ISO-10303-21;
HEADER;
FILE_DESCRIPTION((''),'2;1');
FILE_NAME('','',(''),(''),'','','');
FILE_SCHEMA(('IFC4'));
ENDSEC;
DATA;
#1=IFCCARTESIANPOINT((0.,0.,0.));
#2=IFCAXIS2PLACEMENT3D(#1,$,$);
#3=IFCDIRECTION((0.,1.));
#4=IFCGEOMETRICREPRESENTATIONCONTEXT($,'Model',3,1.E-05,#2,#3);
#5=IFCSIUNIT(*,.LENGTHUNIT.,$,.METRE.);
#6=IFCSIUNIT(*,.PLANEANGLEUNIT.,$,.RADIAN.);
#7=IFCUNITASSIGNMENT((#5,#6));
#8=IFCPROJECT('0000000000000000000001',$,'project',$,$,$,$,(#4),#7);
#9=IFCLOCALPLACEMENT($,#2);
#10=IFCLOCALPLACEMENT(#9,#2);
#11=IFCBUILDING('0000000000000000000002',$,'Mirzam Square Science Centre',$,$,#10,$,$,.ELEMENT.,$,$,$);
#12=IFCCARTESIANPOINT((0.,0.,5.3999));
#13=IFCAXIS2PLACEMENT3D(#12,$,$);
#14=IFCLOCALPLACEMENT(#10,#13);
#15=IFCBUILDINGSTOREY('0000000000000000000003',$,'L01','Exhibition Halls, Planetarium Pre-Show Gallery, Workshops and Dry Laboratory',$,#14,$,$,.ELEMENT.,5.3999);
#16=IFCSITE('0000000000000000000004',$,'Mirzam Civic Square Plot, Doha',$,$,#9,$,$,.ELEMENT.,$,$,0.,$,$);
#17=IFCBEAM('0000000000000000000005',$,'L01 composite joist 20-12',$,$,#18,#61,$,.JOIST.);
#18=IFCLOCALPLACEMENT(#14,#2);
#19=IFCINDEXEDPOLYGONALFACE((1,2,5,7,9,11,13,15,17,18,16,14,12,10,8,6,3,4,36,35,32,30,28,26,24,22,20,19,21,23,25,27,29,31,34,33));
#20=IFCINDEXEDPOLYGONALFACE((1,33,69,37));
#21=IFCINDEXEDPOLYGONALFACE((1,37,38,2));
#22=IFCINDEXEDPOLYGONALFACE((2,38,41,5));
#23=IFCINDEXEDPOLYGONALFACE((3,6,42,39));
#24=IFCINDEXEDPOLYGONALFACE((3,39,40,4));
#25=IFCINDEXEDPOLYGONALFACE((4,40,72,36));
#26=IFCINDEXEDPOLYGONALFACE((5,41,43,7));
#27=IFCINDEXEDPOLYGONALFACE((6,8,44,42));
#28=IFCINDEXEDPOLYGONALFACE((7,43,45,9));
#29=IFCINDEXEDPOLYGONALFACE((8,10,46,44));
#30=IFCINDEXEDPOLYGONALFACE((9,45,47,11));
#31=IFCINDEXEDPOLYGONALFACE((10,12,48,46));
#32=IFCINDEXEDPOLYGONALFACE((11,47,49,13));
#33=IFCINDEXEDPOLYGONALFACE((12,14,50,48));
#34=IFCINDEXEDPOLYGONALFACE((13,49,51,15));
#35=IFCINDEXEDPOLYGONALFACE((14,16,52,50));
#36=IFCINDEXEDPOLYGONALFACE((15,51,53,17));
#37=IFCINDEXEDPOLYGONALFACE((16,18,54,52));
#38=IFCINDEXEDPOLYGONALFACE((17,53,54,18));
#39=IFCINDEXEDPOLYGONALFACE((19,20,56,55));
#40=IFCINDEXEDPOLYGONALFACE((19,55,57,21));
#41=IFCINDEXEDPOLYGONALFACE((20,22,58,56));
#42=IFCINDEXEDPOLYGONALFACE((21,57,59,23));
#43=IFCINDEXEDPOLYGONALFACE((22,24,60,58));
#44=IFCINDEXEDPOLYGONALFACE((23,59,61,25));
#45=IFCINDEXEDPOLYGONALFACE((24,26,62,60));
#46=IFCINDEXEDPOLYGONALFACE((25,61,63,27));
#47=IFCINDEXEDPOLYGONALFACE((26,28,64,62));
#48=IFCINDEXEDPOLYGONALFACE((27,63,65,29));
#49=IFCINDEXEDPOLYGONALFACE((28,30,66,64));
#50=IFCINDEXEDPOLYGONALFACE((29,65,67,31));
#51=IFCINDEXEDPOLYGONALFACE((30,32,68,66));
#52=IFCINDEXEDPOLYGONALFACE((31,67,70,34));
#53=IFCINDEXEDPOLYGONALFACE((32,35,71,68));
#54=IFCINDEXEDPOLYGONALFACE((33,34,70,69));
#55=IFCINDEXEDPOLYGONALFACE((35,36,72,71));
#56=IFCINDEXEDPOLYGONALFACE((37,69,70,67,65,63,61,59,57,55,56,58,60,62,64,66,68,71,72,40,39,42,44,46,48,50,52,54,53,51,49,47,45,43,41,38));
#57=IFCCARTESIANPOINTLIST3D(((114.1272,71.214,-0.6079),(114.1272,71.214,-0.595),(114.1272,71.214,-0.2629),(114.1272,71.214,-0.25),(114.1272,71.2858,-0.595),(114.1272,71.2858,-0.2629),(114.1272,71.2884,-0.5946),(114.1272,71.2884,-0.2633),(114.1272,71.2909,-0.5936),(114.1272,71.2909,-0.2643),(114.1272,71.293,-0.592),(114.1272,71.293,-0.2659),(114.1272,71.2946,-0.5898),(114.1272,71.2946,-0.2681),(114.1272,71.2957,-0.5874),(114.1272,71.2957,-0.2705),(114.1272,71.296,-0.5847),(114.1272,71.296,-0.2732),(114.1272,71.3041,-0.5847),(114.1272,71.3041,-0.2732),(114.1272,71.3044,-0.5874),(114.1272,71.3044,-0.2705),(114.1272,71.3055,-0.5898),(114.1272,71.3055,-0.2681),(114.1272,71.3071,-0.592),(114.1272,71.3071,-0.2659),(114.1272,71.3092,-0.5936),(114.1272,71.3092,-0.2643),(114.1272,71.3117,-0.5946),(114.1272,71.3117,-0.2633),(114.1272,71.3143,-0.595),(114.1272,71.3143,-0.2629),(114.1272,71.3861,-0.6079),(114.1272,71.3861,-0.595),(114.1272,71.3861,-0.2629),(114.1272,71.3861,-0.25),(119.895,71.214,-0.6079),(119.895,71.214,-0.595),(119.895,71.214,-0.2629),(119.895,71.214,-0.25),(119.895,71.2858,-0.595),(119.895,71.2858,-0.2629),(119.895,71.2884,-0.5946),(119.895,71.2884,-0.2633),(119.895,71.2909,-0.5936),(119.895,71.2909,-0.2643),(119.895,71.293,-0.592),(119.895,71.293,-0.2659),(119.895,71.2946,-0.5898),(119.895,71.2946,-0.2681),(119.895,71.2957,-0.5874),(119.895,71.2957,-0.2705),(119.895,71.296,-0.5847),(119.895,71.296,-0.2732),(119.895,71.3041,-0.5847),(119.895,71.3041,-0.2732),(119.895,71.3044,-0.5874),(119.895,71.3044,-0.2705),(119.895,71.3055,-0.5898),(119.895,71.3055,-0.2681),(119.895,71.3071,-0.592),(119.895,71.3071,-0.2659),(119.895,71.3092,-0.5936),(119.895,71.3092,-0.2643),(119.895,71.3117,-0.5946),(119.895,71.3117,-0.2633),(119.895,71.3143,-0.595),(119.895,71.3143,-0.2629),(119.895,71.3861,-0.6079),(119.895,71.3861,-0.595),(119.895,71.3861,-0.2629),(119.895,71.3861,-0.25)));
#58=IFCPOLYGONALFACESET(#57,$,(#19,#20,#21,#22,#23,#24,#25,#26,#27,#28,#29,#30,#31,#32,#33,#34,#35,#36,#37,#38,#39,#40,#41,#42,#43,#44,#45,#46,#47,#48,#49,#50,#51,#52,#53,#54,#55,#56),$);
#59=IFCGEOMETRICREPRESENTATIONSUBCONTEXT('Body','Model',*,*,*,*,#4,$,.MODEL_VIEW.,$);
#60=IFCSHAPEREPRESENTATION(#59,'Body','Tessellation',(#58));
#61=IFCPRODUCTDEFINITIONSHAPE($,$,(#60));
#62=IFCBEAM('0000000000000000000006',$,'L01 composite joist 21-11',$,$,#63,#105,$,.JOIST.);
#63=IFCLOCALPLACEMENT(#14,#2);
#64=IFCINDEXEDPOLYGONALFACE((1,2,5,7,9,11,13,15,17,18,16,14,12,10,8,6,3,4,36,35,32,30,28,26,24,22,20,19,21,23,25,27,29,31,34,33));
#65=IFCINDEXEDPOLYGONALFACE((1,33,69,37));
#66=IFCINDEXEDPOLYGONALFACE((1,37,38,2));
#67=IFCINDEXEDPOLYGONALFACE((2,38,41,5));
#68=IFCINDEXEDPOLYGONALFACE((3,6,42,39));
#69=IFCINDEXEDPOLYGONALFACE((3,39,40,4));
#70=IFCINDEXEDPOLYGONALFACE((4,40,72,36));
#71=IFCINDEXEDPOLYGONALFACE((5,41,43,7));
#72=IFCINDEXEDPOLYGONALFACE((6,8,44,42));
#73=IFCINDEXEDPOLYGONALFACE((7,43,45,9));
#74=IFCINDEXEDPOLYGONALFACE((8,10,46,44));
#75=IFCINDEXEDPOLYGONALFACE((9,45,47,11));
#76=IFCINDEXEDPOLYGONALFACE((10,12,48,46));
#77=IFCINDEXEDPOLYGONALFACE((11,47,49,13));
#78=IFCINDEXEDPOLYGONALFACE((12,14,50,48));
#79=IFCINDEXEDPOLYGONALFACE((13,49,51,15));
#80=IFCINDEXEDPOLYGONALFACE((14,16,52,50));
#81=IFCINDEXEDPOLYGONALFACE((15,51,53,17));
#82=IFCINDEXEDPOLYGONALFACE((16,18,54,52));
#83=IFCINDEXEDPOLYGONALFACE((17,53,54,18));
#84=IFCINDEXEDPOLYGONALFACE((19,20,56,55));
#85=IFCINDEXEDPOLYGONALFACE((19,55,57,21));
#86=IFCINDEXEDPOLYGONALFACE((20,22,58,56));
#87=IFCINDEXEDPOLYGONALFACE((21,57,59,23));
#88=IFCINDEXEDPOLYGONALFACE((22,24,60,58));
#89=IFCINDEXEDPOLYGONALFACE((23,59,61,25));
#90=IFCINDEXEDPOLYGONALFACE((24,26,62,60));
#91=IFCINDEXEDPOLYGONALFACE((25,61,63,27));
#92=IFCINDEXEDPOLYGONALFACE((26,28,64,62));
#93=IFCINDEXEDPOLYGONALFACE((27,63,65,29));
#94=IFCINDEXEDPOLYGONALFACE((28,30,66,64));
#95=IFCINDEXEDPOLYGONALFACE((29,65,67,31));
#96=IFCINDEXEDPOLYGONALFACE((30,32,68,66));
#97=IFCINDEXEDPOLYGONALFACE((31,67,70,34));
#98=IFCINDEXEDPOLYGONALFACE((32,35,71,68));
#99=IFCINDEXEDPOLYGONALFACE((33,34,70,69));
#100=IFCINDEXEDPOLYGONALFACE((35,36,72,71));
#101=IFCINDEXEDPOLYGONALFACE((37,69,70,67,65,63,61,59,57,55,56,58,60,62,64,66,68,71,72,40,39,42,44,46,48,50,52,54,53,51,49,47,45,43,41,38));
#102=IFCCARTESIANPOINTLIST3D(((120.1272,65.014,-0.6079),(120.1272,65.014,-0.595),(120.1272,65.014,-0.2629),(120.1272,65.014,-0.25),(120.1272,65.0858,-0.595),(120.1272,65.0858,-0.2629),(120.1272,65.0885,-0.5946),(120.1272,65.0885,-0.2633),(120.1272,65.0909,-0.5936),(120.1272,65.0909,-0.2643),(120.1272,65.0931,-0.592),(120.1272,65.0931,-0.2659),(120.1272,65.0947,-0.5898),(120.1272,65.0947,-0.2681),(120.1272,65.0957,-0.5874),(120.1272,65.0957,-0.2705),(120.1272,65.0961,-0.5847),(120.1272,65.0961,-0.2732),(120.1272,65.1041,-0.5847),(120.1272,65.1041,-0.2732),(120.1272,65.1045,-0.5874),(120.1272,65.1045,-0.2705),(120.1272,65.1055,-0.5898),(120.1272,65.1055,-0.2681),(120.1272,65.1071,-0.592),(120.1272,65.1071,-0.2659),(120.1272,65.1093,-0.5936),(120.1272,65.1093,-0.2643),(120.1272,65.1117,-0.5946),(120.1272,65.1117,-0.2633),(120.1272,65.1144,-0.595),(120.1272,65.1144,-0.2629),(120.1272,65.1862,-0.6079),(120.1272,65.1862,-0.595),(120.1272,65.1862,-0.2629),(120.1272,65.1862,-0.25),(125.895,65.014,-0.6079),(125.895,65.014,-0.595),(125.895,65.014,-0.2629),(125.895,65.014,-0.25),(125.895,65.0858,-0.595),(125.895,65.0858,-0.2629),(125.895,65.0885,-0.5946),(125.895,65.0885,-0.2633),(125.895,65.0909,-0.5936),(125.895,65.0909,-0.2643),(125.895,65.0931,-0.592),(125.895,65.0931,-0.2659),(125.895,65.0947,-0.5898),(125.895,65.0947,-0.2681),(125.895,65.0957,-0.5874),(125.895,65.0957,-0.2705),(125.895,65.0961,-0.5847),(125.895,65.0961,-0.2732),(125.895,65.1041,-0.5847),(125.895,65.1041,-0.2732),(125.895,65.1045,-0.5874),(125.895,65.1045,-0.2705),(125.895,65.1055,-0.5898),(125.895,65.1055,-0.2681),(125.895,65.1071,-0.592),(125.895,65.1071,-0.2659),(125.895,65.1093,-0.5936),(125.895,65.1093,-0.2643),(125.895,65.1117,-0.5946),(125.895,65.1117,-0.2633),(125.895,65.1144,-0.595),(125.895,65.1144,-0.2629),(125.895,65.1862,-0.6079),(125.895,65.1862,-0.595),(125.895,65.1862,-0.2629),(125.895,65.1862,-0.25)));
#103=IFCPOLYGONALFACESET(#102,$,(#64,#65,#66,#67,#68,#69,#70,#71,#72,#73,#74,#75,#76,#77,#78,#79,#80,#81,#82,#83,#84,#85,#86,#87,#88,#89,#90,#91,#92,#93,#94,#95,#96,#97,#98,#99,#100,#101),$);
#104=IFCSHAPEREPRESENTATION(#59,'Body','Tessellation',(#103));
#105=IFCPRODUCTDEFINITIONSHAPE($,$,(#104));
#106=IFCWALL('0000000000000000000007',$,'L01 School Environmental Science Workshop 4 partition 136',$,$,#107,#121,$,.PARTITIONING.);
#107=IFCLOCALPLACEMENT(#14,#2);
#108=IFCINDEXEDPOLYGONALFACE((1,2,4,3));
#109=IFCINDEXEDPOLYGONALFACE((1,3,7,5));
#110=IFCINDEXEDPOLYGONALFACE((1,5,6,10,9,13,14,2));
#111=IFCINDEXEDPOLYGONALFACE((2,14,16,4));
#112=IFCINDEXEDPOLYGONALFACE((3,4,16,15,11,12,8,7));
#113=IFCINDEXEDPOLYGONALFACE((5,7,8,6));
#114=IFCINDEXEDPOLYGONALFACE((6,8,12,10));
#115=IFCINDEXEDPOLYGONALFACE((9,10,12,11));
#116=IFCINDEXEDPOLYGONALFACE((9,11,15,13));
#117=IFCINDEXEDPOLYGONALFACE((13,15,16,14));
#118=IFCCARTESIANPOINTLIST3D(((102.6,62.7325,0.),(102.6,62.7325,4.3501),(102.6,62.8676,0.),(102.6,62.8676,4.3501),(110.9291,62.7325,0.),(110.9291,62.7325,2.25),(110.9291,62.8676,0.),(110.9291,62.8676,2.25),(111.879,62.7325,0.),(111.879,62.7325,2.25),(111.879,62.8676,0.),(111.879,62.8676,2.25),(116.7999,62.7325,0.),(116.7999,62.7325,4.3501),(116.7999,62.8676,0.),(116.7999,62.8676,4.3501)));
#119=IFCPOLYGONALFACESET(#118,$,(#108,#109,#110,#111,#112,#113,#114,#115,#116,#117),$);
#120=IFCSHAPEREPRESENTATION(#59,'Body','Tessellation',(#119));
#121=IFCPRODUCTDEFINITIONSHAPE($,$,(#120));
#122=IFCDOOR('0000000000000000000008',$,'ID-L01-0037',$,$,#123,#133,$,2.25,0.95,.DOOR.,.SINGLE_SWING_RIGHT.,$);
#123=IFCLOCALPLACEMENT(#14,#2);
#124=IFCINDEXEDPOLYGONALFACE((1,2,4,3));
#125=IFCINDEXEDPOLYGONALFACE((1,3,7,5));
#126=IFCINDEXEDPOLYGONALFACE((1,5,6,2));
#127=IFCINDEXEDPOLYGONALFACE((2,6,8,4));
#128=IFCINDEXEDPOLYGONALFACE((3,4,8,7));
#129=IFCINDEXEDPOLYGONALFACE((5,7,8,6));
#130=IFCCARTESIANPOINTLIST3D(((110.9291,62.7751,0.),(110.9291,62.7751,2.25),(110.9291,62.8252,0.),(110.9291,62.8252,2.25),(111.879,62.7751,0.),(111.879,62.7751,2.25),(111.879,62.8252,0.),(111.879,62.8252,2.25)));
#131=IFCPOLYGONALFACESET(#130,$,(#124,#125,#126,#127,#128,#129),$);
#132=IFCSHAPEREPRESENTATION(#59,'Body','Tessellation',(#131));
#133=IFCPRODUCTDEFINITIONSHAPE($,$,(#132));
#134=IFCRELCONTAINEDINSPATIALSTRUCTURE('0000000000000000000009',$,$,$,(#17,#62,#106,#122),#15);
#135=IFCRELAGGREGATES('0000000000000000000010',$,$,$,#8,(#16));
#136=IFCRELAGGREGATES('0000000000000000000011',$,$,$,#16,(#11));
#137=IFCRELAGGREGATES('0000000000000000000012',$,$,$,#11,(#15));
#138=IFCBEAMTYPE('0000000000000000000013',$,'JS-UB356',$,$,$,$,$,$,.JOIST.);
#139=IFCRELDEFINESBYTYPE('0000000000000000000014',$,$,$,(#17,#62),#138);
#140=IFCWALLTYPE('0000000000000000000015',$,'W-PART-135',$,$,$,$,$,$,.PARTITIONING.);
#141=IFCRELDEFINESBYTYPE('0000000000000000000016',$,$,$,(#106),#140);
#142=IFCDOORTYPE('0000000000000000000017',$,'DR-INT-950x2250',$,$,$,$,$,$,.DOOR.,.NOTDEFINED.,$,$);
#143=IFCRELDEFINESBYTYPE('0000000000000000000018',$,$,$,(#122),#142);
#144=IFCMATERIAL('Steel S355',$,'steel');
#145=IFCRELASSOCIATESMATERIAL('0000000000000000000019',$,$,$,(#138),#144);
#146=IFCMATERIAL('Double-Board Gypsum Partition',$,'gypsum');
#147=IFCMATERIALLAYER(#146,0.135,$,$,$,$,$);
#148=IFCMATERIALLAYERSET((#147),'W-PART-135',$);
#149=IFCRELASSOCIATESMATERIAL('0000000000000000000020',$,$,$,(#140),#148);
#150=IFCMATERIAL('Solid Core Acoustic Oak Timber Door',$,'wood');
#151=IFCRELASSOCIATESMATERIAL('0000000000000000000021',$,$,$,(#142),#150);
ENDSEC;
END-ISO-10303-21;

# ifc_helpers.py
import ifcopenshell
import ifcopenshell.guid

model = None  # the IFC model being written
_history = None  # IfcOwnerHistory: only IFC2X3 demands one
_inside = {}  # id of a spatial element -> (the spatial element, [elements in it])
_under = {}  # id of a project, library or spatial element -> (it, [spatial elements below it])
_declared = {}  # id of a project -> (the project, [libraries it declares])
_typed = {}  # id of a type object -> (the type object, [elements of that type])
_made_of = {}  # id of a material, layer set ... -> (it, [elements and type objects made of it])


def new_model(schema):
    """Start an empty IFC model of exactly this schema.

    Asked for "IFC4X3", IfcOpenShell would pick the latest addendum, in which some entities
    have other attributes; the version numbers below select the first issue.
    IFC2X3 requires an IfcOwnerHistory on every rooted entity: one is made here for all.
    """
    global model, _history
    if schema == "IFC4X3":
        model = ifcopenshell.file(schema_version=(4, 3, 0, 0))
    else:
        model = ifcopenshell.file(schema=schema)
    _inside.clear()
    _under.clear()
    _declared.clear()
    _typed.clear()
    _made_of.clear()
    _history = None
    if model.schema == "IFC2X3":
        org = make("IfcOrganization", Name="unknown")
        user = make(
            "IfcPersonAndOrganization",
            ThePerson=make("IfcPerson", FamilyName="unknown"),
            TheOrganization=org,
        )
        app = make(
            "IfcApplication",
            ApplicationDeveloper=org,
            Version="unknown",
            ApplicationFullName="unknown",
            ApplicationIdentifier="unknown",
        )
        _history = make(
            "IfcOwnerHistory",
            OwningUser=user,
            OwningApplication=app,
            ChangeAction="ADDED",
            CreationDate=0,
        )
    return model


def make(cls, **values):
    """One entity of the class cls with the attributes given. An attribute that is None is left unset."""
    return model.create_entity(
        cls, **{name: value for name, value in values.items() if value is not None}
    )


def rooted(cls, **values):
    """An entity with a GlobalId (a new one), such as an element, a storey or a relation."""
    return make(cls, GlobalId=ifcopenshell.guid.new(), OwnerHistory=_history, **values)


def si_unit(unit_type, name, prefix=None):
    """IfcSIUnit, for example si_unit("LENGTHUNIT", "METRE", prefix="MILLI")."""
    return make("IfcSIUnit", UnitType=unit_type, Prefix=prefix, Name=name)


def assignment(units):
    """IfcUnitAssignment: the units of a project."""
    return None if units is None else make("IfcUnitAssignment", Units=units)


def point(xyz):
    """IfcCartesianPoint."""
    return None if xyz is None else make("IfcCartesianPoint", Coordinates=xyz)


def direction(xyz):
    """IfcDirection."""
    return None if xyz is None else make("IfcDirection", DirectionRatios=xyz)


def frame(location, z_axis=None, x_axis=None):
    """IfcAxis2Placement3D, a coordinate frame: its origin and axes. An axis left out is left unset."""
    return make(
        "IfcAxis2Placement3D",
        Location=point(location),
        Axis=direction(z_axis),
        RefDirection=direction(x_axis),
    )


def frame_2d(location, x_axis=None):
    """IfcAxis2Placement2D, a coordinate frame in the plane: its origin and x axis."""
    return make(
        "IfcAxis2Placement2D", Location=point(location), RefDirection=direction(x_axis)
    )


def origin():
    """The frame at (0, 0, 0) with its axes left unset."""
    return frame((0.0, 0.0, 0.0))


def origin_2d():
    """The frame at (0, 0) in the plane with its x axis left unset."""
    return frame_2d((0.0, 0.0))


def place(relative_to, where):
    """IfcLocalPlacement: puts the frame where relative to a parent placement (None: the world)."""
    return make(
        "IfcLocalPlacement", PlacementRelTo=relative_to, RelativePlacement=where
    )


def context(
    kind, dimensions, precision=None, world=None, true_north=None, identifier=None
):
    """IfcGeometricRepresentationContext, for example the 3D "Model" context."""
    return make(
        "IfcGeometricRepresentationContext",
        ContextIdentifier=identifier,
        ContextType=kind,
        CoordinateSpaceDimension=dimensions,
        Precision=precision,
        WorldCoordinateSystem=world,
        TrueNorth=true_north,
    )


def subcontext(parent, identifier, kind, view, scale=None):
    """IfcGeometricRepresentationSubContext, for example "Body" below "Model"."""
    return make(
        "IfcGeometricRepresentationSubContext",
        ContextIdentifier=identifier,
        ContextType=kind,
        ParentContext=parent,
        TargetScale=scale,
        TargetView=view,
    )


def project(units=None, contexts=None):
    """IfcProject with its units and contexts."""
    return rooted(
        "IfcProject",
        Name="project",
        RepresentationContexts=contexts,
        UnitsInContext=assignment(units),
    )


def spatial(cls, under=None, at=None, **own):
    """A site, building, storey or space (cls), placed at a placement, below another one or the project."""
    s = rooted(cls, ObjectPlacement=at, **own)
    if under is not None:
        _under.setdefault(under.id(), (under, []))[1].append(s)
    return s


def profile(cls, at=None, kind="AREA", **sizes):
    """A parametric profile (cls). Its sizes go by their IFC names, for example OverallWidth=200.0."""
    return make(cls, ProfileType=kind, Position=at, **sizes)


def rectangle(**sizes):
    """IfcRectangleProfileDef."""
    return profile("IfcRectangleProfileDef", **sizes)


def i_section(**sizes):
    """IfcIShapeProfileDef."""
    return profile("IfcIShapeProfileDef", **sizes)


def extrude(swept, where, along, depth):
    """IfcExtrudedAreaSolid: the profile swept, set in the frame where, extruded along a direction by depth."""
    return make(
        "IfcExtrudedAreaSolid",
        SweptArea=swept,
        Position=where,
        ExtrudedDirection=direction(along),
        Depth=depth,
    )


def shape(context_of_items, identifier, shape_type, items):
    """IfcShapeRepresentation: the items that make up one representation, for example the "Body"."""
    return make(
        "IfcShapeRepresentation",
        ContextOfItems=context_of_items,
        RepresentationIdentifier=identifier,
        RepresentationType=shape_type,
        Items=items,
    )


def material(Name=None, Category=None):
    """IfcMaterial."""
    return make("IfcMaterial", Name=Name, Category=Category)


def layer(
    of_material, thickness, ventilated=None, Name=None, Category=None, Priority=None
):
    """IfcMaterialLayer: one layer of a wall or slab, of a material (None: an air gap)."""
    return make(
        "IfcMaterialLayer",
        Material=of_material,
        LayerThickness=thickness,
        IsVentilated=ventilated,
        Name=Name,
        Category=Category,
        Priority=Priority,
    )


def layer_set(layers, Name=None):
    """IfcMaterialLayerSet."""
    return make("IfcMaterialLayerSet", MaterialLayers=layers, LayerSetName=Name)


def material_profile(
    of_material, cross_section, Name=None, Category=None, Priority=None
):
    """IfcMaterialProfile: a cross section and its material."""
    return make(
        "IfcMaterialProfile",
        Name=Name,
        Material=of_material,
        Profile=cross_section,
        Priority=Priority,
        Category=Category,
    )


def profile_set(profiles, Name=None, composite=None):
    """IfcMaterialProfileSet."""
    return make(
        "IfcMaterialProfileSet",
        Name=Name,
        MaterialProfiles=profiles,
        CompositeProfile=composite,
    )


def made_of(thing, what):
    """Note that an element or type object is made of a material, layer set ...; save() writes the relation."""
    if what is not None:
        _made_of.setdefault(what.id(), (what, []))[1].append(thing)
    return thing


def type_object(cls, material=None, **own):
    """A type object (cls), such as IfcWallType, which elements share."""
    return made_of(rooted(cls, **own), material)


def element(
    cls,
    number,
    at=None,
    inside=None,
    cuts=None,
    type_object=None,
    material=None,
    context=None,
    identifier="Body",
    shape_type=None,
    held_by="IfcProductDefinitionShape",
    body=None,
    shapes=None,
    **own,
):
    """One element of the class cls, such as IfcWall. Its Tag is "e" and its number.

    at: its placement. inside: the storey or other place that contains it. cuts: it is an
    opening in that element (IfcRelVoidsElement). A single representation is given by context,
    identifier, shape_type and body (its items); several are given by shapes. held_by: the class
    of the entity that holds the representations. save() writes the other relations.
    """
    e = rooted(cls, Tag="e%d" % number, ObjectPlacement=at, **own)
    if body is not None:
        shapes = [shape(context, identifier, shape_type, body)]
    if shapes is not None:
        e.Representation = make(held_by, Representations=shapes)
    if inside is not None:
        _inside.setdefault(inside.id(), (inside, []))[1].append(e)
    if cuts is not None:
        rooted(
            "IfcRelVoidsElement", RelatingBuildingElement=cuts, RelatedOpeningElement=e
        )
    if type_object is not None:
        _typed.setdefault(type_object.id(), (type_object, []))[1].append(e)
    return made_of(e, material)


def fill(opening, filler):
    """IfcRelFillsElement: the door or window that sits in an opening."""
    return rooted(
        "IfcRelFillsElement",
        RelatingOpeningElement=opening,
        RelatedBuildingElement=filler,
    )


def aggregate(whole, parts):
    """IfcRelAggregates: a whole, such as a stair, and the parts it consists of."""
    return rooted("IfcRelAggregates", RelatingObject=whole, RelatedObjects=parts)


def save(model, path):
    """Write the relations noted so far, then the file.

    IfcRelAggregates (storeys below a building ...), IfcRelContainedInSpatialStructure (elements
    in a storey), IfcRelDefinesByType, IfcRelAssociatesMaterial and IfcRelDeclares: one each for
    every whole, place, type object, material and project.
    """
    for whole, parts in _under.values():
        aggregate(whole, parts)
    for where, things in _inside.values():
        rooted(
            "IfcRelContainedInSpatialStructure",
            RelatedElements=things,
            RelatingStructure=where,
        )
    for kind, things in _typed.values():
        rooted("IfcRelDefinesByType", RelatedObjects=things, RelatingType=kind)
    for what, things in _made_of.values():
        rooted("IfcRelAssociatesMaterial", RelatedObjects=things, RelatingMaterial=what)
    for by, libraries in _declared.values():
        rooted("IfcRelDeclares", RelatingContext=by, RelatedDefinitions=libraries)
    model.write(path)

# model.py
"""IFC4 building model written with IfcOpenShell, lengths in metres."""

from ifc_helpers import new_model, si_unit, direction, frame, frame_2d, origin, origin_2d, place, context, subcontext, project, spatial, rectangle, i_section, extrude, material, layer, layer_set, material_profile, profile_set, type_object, element, fill, save


model = new_model("IFC4")

# Units and contexts
model_context = context("Model", 3, precision=1e-05, world=origin(), true_north=direction((0.0, 1.0)))
body_context = subcontext(model_context, "Body", "Model", "MODEL_VIEW")
ifc_project = project(units=[si_unit("LENGTHUNIT", "METRE"), si_unit("PLANEANGLEUNIT", "RADIAN")], contexts=[model_context])

# Site, building, storey
site_placement = place(None, origin())
site = spatial("IfcSite", under=ifc_project, at=site_placement, Name="Mirzam Civic Square Plot, Doha", CompositionType="ELEMENT", RefElevation=0.0)
building_placement = place(site_placement, origin())
building = spatial("IfcBuilding", under=site, at=building_placement, Name="Mirzam Square Science Centre", CompositionType="ELEMENT")
storey_placement = place(building_placement, frame((0.0, 0.0, 5.3999)))
storey = spatial("IfcBuildingStorey", under=building, at=storey_placement, Name="L01", Description="Exhibition Halls, Planetarium Pre-Show Gallery, Workshops and Dry Laboratory", CompositionType="ELEMENT", Elevation=5.3999)

# Shared definitions
ifc_material_1 = material(Name="Steel S355", Category="steel")

# Beams
ifc_material_profile_1 = material_profile(ifc_material_1, i_section(OverallWidth=0.1721, OverallDepth=0.3579, WebThickness=0.0081, FlangeThickness=0.0129, FilletRadius=0.0103, at=origin_2d()), Name="356x171x57UB")
ifc_profile_set_1 = profile_set([ifc_material_profile_1], Name="Steel S355")
beam_type_1 = type_object("IfcBeamType", Name="JS-UB356", PredefinedType="JOIST", material=ifc_profile_set_1)
for number, where, z_axis, x_axis, name in (
    (1, (114.1272, 71.3, -0.429), (1.0, 0.0, 0.0), (0.0, 1.0, 0.0), "L01 composite joist 20-12"),
    (2, (120.1272, 65.1001, -0.429), (1.0, 0.0, 0.0), (0.0, 1.0, 0.0), "L01 composite joist 21-11"),
):
    element("IfcBeam", number, at=place(storey_placement, frame(where, z_axis=z_axis, x_axis=x_axis)), inside=storey, type_object=beam_type_1, Name=name, PredefinedType="JOIST", context=body_context, shape_type="SweptSolid", body=[
        extrude(i_section(OverallWidth=0.1721, OverallDepth=0.3579, WebThickness=0.0081, FlangeThickness=0.0129, FilletRadius=0.0103, at=origin_2d()), origin(), (0.0, 0.0, 1.0), 5.7678),
    ])

# Wall, opening, door
ifc_material_2 = material(Name="Double-Board Gypsum Partition", Category="gypsum")
ifc_layer = layer(ifc_material_2, 0.135)
ifc_layer_set = layer_set([ifc_layer], Name="W-PART-135")
wall_type = type_object("IfcWallType", Name="W-PART-135", PredefinedType="PARTITIONING", material=ifc_layer_set)
wall_placement = place(storey_placement, frame((116.8, 62.8, 0.0), z_axis=(0.0, 0.0, 1.0), x_axis=(-1.0, 0.0, 0.0)))
wall = element("IfcWall", 3, at=wall_placement, inside=storey, type_object=wall_type, Name="L01 School Environmental Science Workshop 4 partition 136", PredefinedType="PARTITIONING", context=body_context, shape_type="SweptSolid", body=[
    extrude(rectangle(XDim=14.2, YDim=0.135, at=frame_2d((7.1001, 0.0))), origin(), (0.0, 0.0, 1.0), 4.3501),
])
opening_placement = place(wall_placement, frame((4.9209, 0.0, 0.0)))
opening = element("IfcOpeningElement", 4, at=opening_placement, cuts=wall, PredefinedType="OPENING", context=body_context, shape_type="SweptSolid", body=[
    extrude(rectangle(XDim=0.95, YDim=2.25, at=frame_2d((0.4751, 1.125))), frame((0.0, 0.0774, 0.0), z_axis=(0.0, -1.0, 0.0), x_axis=(1.0, 0.0, 0.0)), (0.0, 0.0, 1.0), 0.155),
])
ifc_material_3 = material(Name="Solid Core Acoustic Oak Timber Door", Category="wood")
door_type = type_object("IfcDoorType", Name="DR-INT-950x2250", OperationType="NOTDEFINED", PredefinedType="DOOR", material=ifc_material_3)
door_placement = place(opening_placement, origin())
door = element("IfcDoor", 5, at=door_placement, inside=storey, type_object=door_type, Name="ID-L01-0037", OperationType="SINGLE_SWING_RIGHT", OverallHeight=2.25, OverallWidth=0.95, PredefinedType="DOOR", context=body_context, shape_type="SweptSolid", body=[
    extrude(rectangle(XDim=0.95, YDim=2.25, at=frame_2d((0.4751, 1.125))), frame((0.0, 0.0249, 0.0), z_axis=(0.0, -1.0, 0.0), x_axis=(1.0, 0.0, 0.0)), (0.0, 0.0, 1.0), 0.05),
])
fill(opening, door)

save(model, "model.ifc")
